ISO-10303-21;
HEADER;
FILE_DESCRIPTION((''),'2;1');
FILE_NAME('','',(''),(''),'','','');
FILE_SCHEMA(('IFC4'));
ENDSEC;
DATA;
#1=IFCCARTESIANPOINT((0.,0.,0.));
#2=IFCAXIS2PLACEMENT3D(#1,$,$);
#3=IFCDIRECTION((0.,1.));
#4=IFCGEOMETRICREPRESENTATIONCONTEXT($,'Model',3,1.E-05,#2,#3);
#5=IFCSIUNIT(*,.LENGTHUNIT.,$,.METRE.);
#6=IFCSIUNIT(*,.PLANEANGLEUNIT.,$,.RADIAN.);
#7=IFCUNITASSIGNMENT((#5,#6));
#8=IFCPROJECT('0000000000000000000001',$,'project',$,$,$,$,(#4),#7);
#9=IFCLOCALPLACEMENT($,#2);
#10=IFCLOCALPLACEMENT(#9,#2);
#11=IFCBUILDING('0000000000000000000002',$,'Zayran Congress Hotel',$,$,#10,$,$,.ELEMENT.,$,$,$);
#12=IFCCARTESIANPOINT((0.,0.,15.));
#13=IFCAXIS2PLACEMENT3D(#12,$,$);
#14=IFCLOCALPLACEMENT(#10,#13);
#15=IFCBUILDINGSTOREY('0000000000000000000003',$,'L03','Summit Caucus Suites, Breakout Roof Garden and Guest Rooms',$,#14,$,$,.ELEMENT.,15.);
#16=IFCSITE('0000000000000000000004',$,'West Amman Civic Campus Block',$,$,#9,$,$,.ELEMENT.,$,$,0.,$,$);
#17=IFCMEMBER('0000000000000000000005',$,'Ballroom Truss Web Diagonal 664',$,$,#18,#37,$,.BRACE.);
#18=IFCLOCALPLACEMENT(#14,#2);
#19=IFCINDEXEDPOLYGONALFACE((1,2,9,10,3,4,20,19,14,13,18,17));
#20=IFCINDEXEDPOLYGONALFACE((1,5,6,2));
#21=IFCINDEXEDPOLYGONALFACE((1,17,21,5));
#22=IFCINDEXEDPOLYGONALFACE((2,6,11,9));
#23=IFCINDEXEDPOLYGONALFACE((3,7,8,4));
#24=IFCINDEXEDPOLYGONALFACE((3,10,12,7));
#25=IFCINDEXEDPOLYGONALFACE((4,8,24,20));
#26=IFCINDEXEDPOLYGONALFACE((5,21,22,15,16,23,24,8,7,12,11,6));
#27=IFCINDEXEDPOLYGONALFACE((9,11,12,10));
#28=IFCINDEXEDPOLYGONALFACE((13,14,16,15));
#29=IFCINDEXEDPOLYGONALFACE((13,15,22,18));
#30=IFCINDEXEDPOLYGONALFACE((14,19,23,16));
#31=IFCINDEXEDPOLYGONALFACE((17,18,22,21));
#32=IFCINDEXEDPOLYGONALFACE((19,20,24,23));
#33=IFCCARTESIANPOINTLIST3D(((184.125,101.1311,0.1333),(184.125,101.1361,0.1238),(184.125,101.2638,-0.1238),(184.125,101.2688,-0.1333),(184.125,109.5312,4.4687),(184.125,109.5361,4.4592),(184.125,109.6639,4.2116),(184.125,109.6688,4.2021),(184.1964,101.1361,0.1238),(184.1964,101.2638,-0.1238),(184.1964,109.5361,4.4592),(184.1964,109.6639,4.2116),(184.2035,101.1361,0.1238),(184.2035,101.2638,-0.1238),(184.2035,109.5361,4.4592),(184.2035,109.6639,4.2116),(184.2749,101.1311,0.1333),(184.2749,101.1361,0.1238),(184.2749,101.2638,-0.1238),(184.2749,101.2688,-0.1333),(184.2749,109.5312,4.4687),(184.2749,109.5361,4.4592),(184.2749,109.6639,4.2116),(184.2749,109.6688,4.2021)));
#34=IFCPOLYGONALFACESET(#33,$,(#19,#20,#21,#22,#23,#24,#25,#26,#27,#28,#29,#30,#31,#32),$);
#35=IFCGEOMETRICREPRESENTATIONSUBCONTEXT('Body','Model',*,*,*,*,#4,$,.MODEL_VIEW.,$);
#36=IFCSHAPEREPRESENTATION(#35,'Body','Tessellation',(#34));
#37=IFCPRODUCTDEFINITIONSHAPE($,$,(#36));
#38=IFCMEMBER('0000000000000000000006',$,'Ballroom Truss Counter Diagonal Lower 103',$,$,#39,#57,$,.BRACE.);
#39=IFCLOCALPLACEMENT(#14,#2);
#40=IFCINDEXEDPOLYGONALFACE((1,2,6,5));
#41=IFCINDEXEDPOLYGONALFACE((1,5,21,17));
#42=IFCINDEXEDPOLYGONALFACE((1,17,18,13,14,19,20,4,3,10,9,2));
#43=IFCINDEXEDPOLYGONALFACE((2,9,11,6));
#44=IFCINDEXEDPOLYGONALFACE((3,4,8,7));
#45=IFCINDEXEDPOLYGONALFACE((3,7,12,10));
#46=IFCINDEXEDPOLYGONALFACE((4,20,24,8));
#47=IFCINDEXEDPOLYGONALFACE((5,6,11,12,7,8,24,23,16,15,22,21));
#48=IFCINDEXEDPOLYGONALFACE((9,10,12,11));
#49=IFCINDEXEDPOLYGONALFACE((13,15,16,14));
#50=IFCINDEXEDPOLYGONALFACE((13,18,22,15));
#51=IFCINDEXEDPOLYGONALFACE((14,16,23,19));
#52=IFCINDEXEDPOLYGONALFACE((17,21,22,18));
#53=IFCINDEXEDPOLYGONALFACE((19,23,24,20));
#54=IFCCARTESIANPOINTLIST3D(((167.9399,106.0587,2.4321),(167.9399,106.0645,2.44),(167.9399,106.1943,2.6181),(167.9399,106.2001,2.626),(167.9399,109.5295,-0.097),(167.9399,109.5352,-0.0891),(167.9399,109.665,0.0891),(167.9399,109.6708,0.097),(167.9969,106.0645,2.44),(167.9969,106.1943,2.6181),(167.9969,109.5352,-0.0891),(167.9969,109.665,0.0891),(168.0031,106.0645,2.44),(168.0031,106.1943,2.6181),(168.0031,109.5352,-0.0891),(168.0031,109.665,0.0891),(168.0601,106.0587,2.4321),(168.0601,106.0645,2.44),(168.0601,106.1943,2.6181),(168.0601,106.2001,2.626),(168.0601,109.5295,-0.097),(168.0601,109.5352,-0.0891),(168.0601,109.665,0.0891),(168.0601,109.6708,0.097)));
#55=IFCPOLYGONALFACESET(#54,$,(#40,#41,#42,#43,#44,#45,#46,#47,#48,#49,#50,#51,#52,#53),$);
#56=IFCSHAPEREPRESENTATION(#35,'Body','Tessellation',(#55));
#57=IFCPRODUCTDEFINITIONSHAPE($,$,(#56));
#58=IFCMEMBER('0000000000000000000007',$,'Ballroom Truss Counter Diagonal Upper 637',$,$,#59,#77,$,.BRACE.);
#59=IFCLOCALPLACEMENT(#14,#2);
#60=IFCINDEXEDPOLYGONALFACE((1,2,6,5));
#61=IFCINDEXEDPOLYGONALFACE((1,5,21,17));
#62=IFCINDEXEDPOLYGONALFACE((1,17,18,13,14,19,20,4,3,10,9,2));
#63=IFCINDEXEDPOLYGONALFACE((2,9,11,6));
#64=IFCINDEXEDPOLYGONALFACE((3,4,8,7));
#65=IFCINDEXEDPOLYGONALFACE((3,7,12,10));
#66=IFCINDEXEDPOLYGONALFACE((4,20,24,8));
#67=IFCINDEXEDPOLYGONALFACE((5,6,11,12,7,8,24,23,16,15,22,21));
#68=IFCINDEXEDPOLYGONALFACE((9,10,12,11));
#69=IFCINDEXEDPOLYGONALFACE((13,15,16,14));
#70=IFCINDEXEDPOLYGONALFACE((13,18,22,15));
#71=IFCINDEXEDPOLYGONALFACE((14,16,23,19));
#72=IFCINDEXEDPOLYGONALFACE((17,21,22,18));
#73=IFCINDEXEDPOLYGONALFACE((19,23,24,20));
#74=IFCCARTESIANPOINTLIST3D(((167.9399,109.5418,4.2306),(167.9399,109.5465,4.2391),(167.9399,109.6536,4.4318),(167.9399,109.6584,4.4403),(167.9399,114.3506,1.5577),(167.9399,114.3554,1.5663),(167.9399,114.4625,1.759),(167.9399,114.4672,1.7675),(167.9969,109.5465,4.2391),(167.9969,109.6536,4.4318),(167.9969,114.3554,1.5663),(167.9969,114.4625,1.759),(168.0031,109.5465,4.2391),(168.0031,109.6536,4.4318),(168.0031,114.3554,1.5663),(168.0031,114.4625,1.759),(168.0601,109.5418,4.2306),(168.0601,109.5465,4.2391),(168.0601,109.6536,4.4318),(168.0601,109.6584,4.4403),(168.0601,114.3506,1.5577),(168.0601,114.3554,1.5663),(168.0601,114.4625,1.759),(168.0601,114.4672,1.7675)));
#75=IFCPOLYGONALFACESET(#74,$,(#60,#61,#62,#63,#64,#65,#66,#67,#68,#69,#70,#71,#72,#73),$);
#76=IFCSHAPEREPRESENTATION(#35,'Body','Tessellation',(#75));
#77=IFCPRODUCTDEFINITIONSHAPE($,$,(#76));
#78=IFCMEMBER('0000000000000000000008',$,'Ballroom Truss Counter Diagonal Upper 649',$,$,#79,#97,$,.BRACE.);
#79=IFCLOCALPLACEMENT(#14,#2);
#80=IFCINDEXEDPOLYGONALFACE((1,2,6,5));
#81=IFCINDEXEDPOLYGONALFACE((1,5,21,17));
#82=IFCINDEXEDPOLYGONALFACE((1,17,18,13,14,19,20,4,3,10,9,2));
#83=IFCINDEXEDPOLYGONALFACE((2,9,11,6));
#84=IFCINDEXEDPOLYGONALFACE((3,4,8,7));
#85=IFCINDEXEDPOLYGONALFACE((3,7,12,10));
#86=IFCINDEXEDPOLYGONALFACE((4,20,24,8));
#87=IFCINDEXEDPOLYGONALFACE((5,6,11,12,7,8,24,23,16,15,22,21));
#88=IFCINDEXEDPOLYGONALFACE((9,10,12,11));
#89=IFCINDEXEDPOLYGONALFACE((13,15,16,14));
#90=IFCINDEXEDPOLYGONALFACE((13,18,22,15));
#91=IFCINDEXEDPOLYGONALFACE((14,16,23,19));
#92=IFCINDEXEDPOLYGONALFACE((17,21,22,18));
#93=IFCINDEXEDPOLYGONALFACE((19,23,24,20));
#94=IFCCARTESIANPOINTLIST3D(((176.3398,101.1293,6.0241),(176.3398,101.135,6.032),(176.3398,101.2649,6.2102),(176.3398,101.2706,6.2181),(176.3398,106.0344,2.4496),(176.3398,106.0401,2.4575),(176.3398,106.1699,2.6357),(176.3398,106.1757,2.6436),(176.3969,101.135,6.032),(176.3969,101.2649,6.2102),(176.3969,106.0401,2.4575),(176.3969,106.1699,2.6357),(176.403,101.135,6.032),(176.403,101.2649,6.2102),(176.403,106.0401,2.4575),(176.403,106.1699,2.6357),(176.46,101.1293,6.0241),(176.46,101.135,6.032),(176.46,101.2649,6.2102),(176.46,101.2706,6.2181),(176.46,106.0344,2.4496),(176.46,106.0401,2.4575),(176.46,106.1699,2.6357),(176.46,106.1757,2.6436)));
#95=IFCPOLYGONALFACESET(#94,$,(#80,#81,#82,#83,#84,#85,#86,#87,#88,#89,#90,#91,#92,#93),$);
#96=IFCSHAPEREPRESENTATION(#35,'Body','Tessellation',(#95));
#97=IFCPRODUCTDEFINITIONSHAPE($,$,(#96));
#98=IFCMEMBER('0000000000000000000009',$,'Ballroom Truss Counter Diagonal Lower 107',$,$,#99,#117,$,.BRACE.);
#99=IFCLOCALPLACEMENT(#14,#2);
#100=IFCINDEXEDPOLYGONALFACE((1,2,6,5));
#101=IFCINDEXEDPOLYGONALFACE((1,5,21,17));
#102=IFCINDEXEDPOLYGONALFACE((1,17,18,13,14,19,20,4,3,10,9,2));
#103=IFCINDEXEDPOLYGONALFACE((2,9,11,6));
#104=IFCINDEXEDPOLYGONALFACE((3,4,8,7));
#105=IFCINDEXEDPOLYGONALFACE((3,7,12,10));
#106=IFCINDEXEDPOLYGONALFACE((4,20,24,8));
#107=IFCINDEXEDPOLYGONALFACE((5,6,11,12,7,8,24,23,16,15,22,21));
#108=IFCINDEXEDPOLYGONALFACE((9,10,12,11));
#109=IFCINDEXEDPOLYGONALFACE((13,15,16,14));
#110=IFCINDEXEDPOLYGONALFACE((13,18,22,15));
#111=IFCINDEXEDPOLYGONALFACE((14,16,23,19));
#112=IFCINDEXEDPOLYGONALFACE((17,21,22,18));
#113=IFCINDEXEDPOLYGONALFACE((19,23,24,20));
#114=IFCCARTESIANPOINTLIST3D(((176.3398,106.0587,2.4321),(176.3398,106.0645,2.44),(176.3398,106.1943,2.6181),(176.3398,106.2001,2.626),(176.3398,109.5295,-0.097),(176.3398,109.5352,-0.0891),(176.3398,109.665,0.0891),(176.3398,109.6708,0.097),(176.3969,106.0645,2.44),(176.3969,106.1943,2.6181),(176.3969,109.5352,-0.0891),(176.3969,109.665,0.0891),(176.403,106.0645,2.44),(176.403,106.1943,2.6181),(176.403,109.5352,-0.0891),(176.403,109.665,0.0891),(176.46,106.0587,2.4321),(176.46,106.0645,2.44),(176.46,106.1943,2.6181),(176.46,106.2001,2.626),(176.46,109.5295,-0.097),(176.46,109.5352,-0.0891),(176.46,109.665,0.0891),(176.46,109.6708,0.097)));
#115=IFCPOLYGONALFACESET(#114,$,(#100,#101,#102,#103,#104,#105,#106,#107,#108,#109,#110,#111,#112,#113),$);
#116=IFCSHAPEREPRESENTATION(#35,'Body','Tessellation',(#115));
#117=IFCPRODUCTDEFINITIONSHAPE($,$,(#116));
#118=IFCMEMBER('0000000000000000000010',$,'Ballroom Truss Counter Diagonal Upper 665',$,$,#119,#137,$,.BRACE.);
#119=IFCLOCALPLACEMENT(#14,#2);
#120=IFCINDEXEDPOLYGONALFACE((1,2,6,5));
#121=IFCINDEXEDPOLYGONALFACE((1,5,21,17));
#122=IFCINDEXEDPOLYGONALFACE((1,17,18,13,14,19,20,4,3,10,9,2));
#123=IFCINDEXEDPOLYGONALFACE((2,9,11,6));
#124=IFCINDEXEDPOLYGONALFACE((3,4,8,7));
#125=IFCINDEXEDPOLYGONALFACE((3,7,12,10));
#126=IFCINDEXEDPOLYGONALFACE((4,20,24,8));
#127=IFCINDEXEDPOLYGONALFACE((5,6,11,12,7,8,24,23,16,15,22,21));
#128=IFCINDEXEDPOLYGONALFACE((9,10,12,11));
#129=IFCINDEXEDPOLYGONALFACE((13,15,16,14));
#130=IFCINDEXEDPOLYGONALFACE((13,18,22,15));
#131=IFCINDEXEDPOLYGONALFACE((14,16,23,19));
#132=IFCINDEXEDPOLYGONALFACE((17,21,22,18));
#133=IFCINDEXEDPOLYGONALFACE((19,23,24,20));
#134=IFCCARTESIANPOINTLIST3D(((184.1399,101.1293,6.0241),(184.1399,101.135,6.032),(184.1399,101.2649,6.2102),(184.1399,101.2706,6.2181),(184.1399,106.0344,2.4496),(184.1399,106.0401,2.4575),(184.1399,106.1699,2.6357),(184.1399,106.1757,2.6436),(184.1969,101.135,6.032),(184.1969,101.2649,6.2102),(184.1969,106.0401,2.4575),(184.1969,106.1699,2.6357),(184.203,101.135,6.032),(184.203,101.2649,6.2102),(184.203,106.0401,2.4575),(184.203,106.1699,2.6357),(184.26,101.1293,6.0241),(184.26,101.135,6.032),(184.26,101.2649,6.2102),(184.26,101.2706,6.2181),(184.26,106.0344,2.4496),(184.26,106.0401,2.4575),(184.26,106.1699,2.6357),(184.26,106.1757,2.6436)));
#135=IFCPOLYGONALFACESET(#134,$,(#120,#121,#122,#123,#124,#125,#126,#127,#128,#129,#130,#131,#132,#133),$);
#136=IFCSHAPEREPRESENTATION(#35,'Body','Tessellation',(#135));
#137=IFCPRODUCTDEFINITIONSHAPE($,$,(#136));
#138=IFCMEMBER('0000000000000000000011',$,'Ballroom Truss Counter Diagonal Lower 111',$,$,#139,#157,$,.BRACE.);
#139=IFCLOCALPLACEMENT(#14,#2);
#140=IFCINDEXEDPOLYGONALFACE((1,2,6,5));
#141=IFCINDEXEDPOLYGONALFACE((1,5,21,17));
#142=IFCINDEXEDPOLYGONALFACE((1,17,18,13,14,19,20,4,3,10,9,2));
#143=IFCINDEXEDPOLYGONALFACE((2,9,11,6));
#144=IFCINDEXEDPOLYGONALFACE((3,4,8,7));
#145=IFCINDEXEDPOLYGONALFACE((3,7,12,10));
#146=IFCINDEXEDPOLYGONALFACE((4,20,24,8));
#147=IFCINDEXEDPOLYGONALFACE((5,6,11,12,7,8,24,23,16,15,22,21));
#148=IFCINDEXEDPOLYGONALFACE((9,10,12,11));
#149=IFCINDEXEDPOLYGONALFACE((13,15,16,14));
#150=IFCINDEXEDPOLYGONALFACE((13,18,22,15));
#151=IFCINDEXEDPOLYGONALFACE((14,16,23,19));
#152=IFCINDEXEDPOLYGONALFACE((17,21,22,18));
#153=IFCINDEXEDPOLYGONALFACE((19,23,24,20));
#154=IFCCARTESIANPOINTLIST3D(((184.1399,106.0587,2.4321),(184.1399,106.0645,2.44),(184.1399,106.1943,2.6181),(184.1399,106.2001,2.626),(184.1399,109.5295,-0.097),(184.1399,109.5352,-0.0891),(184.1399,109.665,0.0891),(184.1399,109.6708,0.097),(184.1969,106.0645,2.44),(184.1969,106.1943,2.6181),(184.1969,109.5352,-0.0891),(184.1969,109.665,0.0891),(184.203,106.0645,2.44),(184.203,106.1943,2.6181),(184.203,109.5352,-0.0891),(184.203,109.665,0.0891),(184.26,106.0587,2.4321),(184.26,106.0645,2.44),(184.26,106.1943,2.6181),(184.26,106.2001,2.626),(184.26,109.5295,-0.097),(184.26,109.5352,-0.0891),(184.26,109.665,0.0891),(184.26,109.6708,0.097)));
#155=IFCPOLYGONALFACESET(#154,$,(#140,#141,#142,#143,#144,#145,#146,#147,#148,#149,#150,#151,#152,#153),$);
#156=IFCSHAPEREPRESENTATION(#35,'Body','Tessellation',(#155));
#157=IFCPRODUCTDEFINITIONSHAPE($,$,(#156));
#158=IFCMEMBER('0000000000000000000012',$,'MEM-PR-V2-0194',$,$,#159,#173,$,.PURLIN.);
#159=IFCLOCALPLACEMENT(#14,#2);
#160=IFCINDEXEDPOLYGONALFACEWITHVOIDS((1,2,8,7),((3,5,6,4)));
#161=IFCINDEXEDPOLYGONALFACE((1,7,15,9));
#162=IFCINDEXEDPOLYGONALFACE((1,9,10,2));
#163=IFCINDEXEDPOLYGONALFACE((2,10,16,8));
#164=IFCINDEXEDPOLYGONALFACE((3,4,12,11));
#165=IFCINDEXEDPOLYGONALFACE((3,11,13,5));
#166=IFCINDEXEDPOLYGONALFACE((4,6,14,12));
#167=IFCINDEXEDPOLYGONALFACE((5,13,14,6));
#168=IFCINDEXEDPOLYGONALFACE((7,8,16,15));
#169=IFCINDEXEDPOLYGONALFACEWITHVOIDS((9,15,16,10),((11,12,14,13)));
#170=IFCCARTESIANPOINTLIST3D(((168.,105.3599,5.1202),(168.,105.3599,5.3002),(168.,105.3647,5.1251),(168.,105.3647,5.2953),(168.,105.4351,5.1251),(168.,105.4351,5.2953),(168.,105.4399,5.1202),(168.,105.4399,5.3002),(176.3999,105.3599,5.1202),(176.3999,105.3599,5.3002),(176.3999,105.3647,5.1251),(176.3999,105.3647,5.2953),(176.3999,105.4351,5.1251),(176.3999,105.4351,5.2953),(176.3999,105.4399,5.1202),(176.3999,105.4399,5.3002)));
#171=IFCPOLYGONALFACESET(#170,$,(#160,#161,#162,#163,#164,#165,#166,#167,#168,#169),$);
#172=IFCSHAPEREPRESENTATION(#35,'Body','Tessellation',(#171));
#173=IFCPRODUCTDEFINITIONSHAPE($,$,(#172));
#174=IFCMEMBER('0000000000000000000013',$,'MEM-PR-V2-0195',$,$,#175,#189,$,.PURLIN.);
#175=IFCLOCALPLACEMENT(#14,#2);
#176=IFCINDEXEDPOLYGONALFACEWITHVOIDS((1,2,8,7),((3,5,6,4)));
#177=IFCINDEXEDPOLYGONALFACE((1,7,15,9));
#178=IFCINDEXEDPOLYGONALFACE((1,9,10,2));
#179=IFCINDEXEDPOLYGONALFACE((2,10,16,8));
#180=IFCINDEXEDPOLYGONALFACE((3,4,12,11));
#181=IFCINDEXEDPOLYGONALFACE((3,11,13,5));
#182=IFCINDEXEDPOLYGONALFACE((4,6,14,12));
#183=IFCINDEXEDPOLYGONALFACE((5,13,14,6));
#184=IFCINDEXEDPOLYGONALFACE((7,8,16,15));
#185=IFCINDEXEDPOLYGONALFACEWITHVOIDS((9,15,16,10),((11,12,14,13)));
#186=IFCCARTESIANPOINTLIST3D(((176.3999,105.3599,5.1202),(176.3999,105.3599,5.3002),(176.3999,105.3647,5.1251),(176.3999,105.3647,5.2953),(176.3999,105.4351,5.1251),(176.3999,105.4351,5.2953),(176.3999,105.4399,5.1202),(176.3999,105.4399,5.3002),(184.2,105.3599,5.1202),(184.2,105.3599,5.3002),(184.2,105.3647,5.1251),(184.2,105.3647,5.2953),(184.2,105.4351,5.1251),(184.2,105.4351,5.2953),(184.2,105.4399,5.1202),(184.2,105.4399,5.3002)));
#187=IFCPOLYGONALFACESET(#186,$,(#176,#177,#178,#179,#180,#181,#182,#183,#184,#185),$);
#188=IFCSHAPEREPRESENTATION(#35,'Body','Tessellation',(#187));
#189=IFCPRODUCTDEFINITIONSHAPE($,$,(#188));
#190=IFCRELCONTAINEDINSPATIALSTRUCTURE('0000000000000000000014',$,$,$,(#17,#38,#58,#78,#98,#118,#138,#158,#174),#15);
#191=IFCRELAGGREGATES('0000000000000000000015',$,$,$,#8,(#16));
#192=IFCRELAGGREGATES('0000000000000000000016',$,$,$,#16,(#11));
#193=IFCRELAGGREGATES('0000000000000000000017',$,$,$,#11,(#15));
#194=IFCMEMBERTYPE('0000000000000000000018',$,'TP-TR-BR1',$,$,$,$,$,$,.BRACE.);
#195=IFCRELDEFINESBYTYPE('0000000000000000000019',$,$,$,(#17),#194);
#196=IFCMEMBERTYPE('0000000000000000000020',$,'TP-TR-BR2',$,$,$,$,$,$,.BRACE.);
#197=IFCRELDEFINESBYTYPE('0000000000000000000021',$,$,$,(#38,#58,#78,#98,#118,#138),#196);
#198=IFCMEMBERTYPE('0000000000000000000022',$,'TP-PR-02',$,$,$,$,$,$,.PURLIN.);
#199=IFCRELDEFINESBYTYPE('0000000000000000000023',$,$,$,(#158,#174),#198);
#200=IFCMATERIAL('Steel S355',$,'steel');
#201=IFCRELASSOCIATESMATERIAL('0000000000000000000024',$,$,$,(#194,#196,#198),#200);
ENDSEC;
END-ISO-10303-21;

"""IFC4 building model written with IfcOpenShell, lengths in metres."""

from ifc_helpers import new_model, si_unit, direction, frame, origin, origin_2d, place, context, subcontext, project, spatial, hollow_rectangle, i_section, extrude, material, material_profile, profile_set, type_object, element, save


model = new_model("IFC4")

# Units and contexts
model_context = context("Model", 3, precision=1e-05, world=origin(), true_north=direction((0.0, 1.0)))
body_context = subcontext(model_context, "Body", "Model", "MODEL_VIEW")
ifc_project = project(units=[si_unit("LENGTHUNIT", "METRE"), si_unit("PLANEANGLEUNIT", "RADIAN")], contexts=[model_context])

# Site, building, storey
site_placement = place(None, origin())
site = spatial("IfcSite", under=ifc_project, at=site_placement, Name="West Amman Civic Campus Block", CompositionType="ELEMENT", RefElevation=0.0)
building_placement = place(site_placement, origin())
building = spatial("IfcBuilding", under=site, at=building_placement, Name="Zayran Congress Hotel", CompositionType="ELEMENT")
storey_placement = place(building_placement, frame((0.0, 0.0, 15.0)))
storey = spatial("IfcBuildingStorey", under=building, at=storey_placement, Name="L03", Description="Summit Caucus Suites, Breakout Roof Garden and Guest Rooms", CompositionType="ELEMENT", Elevation=15.0)

# Shared definitions
ifc_material_1 = material(Name="Steel S355", Category="steel")

# Members
ifc_material_profile_1 = material_profile(ifc_material_1, i_section(OverallWidth=0.1499, OverallDepth=0.3, WebThickness=0.0071, FlangeThickness=0.0107, at=origin_2d()), Name="IPE 300")
ifc_profile_set_1 = profile_set([ifc_material_profile_1], Name="Steel S355")
member_type_1 = type_object("IfcMemberType", Name="TP-TR-BR1", PredefinedType="BRACE", material=ifc_profile_set_1)
member_1_placement = place(storey_placement, frame((184.2, 101.2, 0.0), z_axis=(0.0, 0.888625, 0.458634), x_axis=(-1.0, 0.0, 0.0)))
element("IfcMember", 1, at=member_1_placement, inside=storey, type_object=member_type_1, Name="Ballroom Truss Web Diagonal 664", PredefinedType="BRACE", context=body_context, shape_type="SweptSolid", body=[
    extrude(i_section(OverallWidth=0.1499, OverallDepth=0.3, WebThickness=0.0071, FlangeThickness=0.0107, at=origin_2d()), origin(), (0.0, 0.0, 1.0), 9.4529),
])
ifc_material_profile_2 = material_profile(ifc_material_1, i_section(OverallWidth=0.1201, OverallDepth=0.24, WebThickness=0.0061, FlangeThickness=0.0098, at=origin_2d()), Name="IPE 240")
ifc_profile_set_2 = profile_set([ifc_material_profile_2], Name="Steel S355")
member_type_2 = type_object("IfcMemberType", Name="TP-TR-BR2", PredefinedType="BRACE", material=ifc_profile_set_2)
member_2_placement = place(storey_placement, frame((168.0, 106.1294, 2.5291), z_axis=(0.0, 0.808192, -0.588918), x_axis=(-1.0, 0.0, 0.0)))
element("IfcMember", 2, at=member_2_placement, inside=storey, type_object=member_type_2, Name="Ballroom Truss Counter Diagonal Lower 103", PredefinedType="BRACE", context=body_context, shape_type="SweptSolid", body=[
    extrude(i_section(OverallWidth=0.1201, OverallDepth=0.24, WebThickness=0.0061, FlangeThickness=0.0098, at=origin_2d()), origin(), (0.0, 0.0, 1.0), 4.2944),
])
member_3_placement = place(storey_placement, frame((168.0, 109.6001, 4.3354), z_axis=(0.0, 0.874059, -0.48582), x_axis=(-1.0, 0.0, 0.0)))
element("IfcMember", 3, at=member_3_placement, inside=storey, type_object=member_type_2, Name="Ballroom Truss Counter Diagonal Upper 637", PredefinedType="BRACE", context=body_context, shape_type="SweptSolid", body=[
    extrude(i_section(OverallWidth=0.1201, OverallDepth=0.24, WebThickness=0.0061, FlangeThickness=0.0098, at=origin_2d()), origin(), (0.0, 0.0, 1.0), 5.5017),
])
member_4_placement = place(storey_placement, frame((176.3999, 101.2, 6.1211), z_axis=(0.0, 0.808174, -0.588944), x_axis=(-1.0, 0.0, 0.0)))
element("IfcMember", 4, at=member_4_placement, inside=storey, type_object=member_type_2, Name="Ballroom Truss Counter Diagonal Upper 649", PredefinedType="BRACE", context=body_context, shape_type="SweptSolid", body=[
    extrude(i_section(OverallWidth=0.1201, OverallDepth=0.24, WebThickness=0.0061, FlangeThickness=0.0098, at=origin_2d()), origin(), (0.0, 0.0, 1.0), 6.0693),
])
member_5_placement = place(storey_placement, frame((176.3999, 106.1294, 2.5291), z_axis=(0.0, 0.808192, -0.588918), x_axis=(-1.0, 0.0, 0.0)))
element("IfcMember", 5, at=member_5_placement, inside=storey, type_object=member_type_2, Name="Ballroom Truss Counter Diagonal Lower 107", PredefinedType="BRACE", context=body_context, shape_type="SweptSolid", body=[
    extrude(i_section(OverallWidth=0.1201, OverallDepth=0.24, WebThickness=0.0061, FlangeThickness=0.0098, at=origin_2d()), origin(), (0.0, 0.0, 1.0), 4.2944),
])
member_6_placement = place(storey_placement, frame((184.2, 101.2, 6.1211), z_axis=(0.0, 0.808174, -0.588944), x_axis=(-1.0, 0.0, 0.0)))
element("IfcMember", 6, at=member_6_placement, inside=storey, type_object=member_type_2, Name="Ballroom Truss Counter Diagonal Upper 665", PredefinedType="BRACE", context=body_context, shape_type="SweptSolid", body=[
    extrude(i_section(OverallWidth=0.1201, OverallDepth=0.24, WebThickness=0.0061, FlangeThickness=0.0098, at=origin_2d()), origin(), (0.0, 0.0, 1.0), 6.0693),
])
member_7_placement = place(storey_placement, frame((184.2, 106.1294, 2.5291), z_axis=(0.0, 0.808192, -0.588918), x_axis=(-1.0, 0.0, 0.0)))
element("IfcMember", 7, at=member_7_placement, inside=storey, type_object=member_type_2, Name="Ballroom Truss Counter Diagonal Lower 111", PredefinedType="BRACE", context=body_context, shape_type="SweptSolid", body=[
    extrude(i_section(OverallWidth=0.1201, OverallDepth=0.24, WebThickness=0.0061, FlangeThickness=0.0098, at=origin_2d()), origin(), (0.0, 0.0, 1.0), 4.2944),
])
ifc_material_profile_3 = material_profile(ifc_material_1, hollow_rectangle(XDim=0.0801, YDim=0.1799, WallThickness=0.0049, at=origin_2d()), Name="RHS 180x80x5")
ifc_profile_set_3 = profile_set([ifc_material_profile_3], Name="Steel S355")
member_type_3 = type_object("IfcMemberType", Name="TP-PR-02", PredefinedType="PURLIN", material=ifc_profile_set_3)
member_8_placement = place(storey_placement, frame((168.0, 105.3999, 5.2102), z_axis=(1.0, 0.0, 0.0), x_axis=(0.0, 1.0, 0.0)))
element("IfcMember", 8, at=member_8_placement, inside=storey, type_object=member_type_3, Name="MEM-PR-V2-0194", PredefinedType="PURLIN", context=body_context, shape_type="SweptSolid", body=[
    extrude(hollow_rectangle(XDim=0.0801, YDim=0.1799, WallThickness=0.0049, at=origin_2d()), origin(), (0.0, 0.0, 1.0), 8.3999),
])
member_9_placement = place(storey_placement, frame((176.3999, 105.3999, 5.2102), z_axis=(1.0, 0.0, 0.0), x_axis=(0.0, 1.0, 0.0)))
element("IfcMember", 9, at=member_9_placement, inside=storey, type_object=member_type_3, Name="MEM-PR-V2-0195", PredefinedType="PURLIN", context=body_context, shape_type="SweptSolid", body=[
    extrude(hollow_rectangle(XDim=0.0801, YDim=0.1799, WallThickness=0.0049, at=origin_2d()), origin(), (0.0, 0.0, 1.0), 7.8),
])

save(model, "model.ifc")
